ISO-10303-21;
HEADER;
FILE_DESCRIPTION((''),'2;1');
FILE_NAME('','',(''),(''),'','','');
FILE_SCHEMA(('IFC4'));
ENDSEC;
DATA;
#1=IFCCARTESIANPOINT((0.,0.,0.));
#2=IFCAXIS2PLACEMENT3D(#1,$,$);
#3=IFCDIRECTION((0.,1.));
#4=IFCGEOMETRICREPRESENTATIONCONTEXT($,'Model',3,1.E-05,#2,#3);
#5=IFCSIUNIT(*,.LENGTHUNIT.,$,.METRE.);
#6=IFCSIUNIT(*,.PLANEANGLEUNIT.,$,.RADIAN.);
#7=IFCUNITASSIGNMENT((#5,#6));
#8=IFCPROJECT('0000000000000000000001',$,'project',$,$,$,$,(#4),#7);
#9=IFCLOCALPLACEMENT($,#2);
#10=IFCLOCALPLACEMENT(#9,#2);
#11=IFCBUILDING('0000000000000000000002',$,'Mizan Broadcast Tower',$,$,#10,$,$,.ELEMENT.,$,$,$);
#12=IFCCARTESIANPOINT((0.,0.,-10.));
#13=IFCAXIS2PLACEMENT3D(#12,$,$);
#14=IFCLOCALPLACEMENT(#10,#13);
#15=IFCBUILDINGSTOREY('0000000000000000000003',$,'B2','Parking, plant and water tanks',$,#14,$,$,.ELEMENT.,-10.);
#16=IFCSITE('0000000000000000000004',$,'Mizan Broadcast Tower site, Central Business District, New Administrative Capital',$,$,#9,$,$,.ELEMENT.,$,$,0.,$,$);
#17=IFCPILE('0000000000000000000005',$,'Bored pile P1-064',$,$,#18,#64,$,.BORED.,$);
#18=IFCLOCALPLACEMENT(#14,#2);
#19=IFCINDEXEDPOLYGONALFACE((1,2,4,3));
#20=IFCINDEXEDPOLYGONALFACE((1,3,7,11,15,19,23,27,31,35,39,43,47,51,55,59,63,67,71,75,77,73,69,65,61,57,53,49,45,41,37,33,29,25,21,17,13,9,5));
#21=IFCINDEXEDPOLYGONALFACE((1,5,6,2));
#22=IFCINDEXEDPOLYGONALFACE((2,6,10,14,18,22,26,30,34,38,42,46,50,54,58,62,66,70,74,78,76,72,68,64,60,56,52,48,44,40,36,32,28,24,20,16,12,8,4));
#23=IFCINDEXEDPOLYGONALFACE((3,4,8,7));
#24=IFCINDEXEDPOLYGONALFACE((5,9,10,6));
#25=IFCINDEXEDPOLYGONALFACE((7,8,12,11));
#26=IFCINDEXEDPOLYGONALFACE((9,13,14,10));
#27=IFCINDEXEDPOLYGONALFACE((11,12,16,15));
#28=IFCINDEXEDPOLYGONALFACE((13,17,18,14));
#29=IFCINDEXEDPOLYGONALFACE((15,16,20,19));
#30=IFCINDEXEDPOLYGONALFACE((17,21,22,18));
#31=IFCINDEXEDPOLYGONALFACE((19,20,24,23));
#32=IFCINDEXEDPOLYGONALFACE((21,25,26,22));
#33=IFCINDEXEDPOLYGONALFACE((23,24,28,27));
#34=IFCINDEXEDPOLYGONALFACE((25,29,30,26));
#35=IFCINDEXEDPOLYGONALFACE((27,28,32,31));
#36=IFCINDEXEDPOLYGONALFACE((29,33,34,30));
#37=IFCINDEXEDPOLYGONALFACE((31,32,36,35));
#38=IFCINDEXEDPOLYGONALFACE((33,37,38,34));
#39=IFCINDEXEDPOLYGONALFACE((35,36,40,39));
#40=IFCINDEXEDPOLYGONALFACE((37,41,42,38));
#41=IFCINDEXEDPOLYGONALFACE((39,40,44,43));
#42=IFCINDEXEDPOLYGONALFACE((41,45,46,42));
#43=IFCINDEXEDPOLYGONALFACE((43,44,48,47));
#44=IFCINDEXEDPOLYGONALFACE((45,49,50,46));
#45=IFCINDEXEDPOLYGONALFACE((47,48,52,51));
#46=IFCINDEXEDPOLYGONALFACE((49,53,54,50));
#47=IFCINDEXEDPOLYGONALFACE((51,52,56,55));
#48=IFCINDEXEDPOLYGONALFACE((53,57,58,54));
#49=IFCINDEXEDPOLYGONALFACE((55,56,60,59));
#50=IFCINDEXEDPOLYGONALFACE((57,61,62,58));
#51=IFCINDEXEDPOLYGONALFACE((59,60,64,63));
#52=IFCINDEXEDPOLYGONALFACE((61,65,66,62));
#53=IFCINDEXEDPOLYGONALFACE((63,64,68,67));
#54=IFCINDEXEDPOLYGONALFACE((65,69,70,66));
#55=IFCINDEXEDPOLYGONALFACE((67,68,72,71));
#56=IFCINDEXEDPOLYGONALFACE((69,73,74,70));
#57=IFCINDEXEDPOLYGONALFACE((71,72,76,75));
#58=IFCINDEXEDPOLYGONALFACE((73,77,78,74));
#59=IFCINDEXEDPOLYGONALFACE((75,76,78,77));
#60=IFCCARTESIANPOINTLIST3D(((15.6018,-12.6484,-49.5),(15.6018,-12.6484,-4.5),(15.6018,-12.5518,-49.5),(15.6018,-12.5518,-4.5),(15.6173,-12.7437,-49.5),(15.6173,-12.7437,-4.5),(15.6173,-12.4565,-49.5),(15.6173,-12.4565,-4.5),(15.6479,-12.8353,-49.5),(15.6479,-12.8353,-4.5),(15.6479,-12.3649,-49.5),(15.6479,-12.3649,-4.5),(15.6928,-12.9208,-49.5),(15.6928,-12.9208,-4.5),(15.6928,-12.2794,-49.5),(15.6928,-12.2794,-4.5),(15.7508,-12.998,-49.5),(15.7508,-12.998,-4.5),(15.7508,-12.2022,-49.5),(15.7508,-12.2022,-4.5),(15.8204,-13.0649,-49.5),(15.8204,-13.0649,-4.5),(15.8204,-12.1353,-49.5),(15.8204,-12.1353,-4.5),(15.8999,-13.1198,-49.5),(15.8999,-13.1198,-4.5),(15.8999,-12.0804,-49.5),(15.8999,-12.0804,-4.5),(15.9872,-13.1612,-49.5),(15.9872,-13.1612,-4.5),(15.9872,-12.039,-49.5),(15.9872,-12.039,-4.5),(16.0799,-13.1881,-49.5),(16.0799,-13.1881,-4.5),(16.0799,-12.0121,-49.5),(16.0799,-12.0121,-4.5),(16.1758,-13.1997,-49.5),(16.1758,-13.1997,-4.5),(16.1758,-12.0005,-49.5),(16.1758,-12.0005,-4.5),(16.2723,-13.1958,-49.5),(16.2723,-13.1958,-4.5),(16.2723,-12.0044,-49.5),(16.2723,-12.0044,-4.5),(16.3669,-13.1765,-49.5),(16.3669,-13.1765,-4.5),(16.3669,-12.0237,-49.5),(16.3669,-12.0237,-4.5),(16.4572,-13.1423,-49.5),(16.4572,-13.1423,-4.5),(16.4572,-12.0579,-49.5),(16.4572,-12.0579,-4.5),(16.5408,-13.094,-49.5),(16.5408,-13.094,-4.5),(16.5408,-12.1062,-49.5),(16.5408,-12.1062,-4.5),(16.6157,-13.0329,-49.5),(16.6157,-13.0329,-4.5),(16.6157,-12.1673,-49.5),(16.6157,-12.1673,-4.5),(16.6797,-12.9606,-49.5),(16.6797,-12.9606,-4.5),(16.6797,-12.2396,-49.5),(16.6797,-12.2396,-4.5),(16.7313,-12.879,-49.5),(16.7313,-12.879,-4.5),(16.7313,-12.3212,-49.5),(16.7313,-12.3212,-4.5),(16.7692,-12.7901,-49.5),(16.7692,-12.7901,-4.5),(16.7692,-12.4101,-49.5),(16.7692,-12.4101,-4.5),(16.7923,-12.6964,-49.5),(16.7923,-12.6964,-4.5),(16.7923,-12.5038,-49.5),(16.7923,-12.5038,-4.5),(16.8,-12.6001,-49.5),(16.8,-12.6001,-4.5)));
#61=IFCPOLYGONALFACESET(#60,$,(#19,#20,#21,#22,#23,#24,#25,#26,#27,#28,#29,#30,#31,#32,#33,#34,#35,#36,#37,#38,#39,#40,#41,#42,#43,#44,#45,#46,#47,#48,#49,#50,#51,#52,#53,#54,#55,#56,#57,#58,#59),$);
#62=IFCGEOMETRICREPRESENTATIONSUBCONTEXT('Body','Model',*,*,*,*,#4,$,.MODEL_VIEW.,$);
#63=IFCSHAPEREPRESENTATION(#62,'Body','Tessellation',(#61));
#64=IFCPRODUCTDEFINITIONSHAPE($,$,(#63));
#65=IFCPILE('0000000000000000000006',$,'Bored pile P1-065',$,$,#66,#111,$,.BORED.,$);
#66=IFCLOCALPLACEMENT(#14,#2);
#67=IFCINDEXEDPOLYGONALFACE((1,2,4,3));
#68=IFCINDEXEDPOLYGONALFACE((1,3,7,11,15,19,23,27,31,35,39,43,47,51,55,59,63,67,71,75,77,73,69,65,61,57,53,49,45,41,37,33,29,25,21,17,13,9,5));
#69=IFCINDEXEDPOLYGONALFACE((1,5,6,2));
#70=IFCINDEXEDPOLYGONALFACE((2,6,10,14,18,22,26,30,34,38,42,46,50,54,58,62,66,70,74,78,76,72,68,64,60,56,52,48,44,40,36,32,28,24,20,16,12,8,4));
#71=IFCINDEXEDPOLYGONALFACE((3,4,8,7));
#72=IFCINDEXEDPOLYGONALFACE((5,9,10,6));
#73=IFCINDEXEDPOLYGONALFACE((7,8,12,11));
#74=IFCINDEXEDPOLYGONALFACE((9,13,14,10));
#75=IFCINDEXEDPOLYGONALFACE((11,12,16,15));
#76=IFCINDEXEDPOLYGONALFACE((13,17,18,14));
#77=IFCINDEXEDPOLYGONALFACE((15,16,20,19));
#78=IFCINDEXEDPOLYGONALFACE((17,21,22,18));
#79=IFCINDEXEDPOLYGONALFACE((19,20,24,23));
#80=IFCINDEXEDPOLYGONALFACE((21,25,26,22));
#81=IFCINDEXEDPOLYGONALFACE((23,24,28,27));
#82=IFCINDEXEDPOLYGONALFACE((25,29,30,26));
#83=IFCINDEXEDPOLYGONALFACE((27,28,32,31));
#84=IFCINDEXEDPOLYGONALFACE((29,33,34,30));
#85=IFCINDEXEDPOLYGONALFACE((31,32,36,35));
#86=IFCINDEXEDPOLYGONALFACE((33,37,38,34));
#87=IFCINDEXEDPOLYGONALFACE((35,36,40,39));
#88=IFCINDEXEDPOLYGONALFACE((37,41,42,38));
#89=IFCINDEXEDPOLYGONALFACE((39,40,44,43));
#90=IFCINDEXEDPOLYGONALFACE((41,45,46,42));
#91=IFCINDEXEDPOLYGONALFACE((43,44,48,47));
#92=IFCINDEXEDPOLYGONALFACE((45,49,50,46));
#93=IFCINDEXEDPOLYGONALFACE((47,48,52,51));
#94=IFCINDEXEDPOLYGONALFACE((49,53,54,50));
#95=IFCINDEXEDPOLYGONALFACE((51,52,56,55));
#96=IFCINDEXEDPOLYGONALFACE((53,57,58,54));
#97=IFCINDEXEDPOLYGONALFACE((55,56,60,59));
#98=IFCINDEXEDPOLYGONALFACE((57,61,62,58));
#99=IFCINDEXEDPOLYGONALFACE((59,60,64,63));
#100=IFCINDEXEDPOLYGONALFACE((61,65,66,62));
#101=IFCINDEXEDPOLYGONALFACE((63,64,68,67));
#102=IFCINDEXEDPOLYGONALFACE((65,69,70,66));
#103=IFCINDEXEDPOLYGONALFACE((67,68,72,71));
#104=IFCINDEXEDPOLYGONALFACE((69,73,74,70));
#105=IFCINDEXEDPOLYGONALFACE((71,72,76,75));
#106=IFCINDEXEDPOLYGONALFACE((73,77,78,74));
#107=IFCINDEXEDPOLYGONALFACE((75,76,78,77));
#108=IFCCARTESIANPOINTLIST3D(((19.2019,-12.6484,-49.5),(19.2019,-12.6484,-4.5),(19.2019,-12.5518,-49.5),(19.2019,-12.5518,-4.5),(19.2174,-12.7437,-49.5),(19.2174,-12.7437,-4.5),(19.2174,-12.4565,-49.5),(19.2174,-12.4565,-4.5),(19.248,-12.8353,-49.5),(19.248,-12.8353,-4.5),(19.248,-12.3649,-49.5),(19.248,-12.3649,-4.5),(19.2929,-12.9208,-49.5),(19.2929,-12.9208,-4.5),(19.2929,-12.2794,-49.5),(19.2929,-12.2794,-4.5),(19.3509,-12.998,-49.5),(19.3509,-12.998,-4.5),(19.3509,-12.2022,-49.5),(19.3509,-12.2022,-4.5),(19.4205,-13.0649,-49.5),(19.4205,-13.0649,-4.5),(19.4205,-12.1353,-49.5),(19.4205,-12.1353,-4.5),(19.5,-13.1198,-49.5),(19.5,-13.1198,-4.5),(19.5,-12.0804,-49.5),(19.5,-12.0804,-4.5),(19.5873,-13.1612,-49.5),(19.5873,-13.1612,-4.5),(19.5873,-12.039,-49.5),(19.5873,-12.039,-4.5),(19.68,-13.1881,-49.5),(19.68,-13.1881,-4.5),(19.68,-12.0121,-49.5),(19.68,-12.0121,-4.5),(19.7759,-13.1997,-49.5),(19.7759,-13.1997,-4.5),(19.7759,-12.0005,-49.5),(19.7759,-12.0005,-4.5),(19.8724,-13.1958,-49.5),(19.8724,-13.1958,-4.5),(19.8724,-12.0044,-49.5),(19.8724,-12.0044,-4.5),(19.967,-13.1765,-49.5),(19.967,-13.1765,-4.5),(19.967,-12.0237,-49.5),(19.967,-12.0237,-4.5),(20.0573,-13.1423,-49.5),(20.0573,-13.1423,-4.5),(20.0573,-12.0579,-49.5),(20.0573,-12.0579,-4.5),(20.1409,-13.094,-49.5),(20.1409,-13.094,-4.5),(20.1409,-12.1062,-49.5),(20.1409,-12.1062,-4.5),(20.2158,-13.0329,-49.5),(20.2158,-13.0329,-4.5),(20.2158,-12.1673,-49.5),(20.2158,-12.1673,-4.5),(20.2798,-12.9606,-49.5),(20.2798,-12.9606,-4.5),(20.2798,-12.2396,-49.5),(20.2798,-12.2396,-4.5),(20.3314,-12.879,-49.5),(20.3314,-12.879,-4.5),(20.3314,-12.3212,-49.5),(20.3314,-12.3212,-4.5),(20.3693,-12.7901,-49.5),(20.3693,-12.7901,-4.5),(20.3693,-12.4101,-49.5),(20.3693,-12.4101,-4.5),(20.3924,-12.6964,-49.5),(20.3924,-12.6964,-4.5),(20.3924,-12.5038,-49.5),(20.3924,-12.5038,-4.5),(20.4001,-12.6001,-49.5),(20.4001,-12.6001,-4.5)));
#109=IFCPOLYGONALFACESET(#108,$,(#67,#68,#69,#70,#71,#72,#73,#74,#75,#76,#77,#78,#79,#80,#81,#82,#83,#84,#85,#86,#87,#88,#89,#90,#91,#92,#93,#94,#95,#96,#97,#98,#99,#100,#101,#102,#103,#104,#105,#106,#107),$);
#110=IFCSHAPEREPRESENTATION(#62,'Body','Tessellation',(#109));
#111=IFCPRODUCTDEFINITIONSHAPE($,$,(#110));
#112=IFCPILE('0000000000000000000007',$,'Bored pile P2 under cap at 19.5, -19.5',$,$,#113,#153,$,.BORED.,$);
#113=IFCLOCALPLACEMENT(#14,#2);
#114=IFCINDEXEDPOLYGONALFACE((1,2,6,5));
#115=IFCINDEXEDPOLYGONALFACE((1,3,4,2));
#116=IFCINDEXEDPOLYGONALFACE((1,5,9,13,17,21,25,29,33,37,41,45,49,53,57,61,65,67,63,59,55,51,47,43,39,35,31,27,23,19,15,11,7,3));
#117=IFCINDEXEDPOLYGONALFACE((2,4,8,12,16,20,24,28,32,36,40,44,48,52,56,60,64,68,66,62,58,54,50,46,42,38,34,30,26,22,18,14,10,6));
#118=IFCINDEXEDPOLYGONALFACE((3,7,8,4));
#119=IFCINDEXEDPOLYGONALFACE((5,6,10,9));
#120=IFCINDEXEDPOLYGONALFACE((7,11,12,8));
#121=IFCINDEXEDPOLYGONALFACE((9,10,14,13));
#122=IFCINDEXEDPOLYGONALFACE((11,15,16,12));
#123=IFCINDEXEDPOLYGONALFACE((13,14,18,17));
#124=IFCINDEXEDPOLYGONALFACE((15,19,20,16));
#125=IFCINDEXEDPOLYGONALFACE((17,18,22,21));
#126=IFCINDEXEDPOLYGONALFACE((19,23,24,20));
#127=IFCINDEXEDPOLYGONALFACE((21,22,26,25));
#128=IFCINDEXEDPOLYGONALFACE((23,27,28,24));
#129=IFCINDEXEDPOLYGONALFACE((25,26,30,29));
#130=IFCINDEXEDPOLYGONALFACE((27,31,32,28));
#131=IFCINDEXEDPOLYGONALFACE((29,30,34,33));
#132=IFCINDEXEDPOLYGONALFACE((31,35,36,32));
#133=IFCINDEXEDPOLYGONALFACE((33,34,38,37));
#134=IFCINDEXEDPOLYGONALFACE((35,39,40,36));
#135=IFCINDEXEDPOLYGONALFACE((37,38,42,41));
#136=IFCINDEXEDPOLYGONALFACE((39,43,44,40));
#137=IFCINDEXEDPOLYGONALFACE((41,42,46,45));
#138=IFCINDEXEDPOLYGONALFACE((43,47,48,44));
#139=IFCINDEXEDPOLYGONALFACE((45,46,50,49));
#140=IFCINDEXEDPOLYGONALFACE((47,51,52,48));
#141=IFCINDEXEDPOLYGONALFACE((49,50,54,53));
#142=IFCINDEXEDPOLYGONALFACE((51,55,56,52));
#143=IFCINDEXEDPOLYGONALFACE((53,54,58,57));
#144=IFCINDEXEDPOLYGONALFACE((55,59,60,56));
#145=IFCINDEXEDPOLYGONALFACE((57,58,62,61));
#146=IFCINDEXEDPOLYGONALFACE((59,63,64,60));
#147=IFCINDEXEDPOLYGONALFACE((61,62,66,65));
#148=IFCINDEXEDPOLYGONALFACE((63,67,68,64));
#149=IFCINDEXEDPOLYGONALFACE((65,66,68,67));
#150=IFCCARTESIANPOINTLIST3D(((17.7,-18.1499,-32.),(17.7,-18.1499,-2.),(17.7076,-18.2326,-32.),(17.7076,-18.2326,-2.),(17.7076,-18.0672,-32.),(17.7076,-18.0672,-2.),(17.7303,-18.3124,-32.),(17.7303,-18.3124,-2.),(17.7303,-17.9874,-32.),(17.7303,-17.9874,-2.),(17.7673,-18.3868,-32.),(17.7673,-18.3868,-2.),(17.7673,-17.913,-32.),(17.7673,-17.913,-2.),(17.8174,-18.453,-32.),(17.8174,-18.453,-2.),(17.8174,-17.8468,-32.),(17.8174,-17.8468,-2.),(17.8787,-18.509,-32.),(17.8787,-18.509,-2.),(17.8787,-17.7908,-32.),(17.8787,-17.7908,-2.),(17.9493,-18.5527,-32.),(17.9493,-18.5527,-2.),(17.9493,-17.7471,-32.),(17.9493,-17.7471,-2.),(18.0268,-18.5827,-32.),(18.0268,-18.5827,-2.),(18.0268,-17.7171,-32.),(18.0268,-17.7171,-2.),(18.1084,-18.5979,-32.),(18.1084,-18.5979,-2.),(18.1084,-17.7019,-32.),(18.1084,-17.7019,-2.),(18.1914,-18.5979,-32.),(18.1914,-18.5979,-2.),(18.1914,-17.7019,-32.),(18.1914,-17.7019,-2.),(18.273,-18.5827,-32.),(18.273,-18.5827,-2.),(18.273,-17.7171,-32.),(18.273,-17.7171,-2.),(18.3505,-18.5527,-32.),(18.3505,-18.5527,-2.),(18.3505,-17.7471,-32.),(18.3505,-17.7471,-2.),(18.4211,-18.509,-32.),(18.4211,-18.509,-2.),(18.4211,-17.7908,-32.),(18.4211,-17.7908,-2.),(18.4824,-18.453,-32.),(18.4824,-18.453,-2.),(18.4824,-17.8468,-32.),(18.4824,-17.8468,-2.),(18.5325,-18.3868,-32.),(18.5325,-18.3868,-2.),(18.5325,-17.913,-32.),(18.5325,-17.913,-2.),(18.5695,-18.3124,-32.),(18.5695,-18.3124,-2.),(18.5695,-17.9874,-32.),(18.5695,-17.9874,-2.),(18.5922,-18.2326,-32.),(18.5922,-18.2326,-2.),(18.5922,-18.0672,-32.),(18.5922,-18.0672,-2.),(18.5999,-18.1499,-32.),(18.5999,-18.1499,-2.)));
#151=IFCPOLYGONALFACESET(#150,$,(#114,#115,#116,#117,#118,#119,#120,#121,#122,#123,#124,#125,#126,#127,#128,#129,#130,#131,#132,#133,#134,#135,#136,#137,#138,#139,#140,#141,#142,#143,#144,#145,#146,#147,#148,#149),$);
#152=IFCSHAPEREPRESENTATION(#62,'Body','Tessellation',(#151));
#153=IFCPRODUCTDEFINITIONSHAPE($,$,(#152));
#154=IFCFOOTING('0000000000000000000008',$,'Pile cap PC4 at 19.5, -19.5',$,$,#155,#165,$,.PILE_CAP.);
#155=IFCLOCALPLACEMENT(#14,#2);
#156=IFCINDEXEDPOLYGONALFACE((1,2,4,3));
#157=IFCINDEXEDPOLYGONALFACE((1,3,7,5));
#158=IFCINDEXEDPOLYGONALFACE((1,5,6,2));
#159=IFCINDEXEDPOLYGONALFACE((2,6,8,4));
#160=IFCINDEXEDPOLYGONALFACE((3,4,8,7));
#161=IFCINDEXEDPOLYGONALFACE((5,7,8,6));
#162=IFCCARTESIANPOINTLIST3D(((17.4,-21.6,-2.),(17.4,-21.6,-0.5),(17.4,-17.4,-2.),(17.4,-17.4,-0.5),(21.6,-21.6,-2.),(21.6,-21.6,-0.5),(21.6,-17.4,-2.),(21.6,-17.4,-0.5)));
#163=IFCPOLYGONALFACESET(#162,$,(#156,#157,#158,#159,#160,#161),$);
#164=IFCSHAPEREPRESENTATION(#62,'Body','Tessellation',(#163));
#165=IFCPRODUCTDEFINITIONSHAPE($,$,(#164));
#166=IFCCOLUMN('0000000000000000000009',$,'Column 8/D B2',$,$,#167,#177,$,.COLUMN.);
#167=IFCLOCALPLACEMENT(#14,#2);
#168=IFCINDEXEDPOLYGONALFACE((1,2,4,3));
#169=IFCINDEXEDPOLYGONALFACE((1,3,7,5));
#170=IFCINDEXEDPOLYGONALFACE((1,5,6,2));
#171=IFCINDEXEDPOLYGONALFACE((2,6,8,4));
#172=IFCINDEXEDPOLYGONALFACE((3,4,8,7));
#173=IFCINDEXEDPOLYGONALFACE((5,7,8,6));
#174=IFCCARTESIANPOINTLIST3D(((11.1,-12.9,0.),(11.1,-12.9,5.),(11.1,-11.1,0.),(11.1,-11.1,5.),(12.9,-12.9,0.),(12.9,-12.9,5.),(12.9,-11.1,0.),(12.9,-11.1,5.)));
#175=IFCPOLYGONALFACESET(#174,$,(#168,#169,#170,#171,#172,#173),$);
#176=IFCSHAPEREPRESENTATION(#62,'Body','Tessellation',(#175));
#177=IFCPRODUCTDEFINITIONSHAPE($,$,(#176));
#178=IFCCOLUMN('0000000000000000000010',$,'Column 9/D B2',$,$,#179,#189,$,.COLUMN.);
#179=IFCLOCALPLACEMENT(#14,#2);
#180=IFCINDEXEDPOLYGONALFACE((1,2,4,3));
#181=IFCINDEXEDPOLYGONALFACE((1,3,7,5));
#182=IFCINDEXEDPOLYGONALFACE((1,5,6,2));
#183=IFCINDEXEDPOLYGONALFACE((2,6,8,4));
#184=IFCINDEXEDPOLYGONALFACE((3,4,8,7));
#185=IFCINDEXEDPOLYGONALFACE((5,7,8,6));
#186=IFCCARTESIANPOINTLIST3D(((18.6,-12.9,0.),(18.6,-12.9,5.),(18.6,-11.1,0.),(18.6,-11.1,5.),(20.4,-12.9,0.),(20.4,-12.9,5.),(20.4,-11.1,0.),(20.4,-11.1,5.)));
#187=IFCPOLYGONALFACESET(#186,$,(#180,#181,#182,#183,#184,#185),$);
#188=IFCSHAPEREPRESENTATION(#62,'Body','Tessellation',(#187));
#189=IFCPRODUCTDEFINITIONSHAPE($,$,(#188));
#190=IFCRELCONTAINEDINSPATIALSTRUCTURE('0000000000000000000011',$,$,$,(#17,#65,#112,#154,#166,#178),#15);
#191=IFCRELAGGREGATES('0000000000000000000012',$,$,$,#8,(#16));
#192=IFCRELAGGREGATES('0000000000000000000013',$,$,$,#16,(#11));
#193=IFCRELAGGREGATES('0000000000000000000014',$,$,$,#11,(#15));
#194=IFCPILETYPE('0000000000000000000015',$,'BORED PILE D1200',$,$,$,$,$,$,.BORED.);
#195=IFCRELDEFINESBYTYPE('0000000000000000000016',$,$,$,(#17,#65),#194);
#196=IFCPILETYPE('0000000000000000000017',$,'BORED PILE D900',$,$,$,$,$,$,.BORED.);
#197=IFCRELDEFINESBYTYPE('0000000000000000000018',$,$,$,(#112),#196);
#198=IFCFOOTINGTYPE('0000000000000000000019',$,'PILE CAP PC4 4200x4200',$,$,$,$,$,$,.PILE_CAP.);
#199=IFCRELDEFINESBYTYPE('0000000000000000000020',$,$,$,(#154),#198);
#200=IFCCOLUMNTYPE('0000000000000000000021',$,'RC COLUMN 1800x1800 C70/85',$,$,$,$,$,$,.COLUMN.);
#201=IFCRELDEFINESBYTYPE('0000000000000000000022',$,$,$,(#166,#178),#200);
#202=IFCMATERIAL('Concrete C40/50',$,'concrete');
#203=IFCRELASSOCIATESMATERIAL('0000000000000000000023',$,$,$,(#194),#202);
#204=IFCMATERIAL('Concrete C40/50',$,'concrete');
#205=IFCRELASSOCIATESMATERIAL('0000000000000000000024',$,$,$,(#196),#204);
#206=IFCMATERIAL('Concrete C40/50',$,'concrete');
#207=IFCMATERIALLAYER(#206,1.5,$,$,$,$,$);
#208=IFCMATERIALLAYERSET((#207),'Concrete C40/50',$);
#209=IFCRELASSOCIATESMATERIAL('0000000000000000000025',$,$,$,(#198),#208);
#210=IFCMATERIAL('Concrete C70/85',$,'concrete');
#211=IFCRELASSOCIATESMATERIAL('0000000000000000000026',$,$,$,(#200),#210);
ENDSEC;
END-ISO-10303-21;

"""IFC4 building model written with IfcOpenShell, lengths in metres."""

from ifc_helpers import new_model, si_unit, direction, frame, origin, origin_2d, place, context, subcontext, project, spatial, rectangle, circle, extrude, material, layer, layer_set, material_profile, profile_set, type_object, element, save


model = new_model("IFC4")

# Units and contexts
model_context = context("Model", 3, precision=1e-05, world=origin(), true_north=direction((0.0, 1.0)))
body_context = subcontext(model_context, "Body", "Model", "MODEL_VIEW")
ifc_project = project(units=[si_unit("LENGTHUNIT", "METRE"), si_unit("PLANEANGLEUNIT", "RADIAN")], contexts=[model_context])

# Site, building, storey
site_placement = place(None, origin())
site = spatial("IfcSite", under=ifc_project, at=site_placement, Name="Mizan Broadcast Tower site, Central Business District, New Administrative Capital", CompositionType="ELEMENT", RefElevation=0.0)
building_placement = place(site_placement, origin())
building = spatial("IfcBuilding", under=site, at=building_placement, Name="Mizan Broadcast Tower", CompositionType="ELEMENT")
storey_placement = place(building_placement, frame((0.0, 0.0, -10.0)))
storey = spatial("IfcBuildingStorey", under=building, at=storey_placement, Name="B2", Description="Parking, plant and water tanks", CompositionType="ELEMENT", Elevation=-10.0)

# Piles
ifc_material_1 = material(Name="Concrete C40/50", Category="concrete")
ifc_material_profile_1 = material_profile(ifc_material_1, circle(Radius=0.6001, at=origin_2d()), Name="D1200")
ifc_profile_set_1 = profile_set([ifc_material_profile_1], Name="Concrete C40/50")
pile_type_1 = type_object("IfcPileType", Name="BORED PILE D1200", PredefinedType="BORED", material=ifc_profile_set_1)
for number, where, z_axis, x_axis, name in (
    (1, (16.2, -12.6001, -4.5), (0.0, 0.0, -1.0), (1.0, 0.0, 0.0), "Bored pile P1-064"),
    (2, (19.8, -12.6001, -4.5), (0.0, 0.0, -1.0), (1.0, 0.0, 0.0), "Bored pile P1-065"),
):
    element("IfcPile", number, at=place(storey_placement, frame(where, z_axis=z_axis, x_axis=x_axis)), inside=storey, type_object=pile_type_1, Name=name, PredefinedType="BORED", context=body_context, shape_type="SweptSolid", body=[
        extrude(circle(Radius=0.6001, at=origin_2d()), origin(), (0.0, 0.0, 1.0), 45.0),
    ])
ifc_material_2 = material(Name="Concrete C40/50", Category="concrete")
ifc_material_profile_2 = material_profile(ifc_material_2, circle(Radius=0.45, at=origin_2d()), Name="D900")
ifc_profile_set_2 = profile_set([ifc_material_profile_2], Name="Concrete C40/50")
pile_type_2 = type_object("IfcPileType", Name="BORED PILE D900", PredefinedType="BORED", material=ifc_profile_set_2)
pile_placement = place(storey_placement, frame((18.1499, -18.1499, -2.0), z_axis=(0.0, 0.0, -1.0), x_axis=(1.0, 0.0, 0.0)))
element("IfcPile", 3, at=pile_placement, inside=storey, type_object=pile_type_2, Name="Bored pile P2 under cap at 19.5, -19.5", PredefinedType="BORED", context=body_context, shape_type="SweptSolid", body=[
    extrude(circle(Radius=0.45, at=origin_2d()), origin(), (0.0, 0.0, 1.0), 30.0),
])

# Footing
ifc_material_3 = material(Name="Concrete C40/50", Category="concrete")
ifc_layer_1 = layer(ifc_material_3, 1.5)
ifc_layer_set_1 = layer_set([ifc_layer_1], Name="Concrete C40/50")
footing_type = type_object("IfcFootingType", Name="PILE CAP PC4 4200x4200", PredefinedType="PILE_CAP", material=ifc_layer_set_1)
footing_placement = place(storey_placement, frame((19.5, -19.5, -2.0), z_axis=(0.0, 0.0, 1.0), x_axis=(1.0, 0.0, 0.0)))
element("IfcFooting", 4, at=footing_placement, inside=storey, type_object=footing_type, Name="Pile cap PC4 at 19.5, -19.5", PredefinedType="PILE_CAP", context=body_context, shape_type="SweptSolid", body=[
    extrude(rectangle(XDim=4.2, YDim=4.2, at=origin_2d()), origin(), (0.0, 0.0, 1.0), 1.5),
])

# Columns
ifc_material_4 = material(Name="Concrete C70/85", Category="concrete")
ifc_material_profile_3 = material_profile(ifc_material_4, rectangle(XDim=1.8, YDim=1.8, at=origin_2d()), Name="RC 1800x1800")
ifc_profile_set_3 = profile_set([ifc_material_profile_3], Name="Concrete C70/85")
column_type_1 = type_object("IfcColumnType", Name="RC COLUMN 1800x1800 C70/85", PredefinedType="COLUMN", material=ifc_profile_set_3)
for number, where, z_axis, x_axis, name in (
    (5, (12.0, -12.0, 0.0), (0.0, 0.0, 1.0), (1.0, 0.0, 0.0), "Column 8/D B2"),
    (6, (19.5, -12.0, 0.0), (0.0, 0.0, 1.0), (1.0, 0.0, 0.0), "Column 9/D B2"),
):
    element("IfcColumn", number, at=place(storey_placement, frame(where, z_axis=z_axis, x_axis=x_axis)), inside=storey, type_object=column_type_1, Name=name, PredefinedType="COLUMN", context=body_context, shape_type="SweptSolid", body=[
        extrude(rectangle(XDim=1.8, YDim=1.8, at=origin_2d()), origin(), (0.0, 0.0, 1.0), 5.0),
    ])

save(model, "model.ifc")
